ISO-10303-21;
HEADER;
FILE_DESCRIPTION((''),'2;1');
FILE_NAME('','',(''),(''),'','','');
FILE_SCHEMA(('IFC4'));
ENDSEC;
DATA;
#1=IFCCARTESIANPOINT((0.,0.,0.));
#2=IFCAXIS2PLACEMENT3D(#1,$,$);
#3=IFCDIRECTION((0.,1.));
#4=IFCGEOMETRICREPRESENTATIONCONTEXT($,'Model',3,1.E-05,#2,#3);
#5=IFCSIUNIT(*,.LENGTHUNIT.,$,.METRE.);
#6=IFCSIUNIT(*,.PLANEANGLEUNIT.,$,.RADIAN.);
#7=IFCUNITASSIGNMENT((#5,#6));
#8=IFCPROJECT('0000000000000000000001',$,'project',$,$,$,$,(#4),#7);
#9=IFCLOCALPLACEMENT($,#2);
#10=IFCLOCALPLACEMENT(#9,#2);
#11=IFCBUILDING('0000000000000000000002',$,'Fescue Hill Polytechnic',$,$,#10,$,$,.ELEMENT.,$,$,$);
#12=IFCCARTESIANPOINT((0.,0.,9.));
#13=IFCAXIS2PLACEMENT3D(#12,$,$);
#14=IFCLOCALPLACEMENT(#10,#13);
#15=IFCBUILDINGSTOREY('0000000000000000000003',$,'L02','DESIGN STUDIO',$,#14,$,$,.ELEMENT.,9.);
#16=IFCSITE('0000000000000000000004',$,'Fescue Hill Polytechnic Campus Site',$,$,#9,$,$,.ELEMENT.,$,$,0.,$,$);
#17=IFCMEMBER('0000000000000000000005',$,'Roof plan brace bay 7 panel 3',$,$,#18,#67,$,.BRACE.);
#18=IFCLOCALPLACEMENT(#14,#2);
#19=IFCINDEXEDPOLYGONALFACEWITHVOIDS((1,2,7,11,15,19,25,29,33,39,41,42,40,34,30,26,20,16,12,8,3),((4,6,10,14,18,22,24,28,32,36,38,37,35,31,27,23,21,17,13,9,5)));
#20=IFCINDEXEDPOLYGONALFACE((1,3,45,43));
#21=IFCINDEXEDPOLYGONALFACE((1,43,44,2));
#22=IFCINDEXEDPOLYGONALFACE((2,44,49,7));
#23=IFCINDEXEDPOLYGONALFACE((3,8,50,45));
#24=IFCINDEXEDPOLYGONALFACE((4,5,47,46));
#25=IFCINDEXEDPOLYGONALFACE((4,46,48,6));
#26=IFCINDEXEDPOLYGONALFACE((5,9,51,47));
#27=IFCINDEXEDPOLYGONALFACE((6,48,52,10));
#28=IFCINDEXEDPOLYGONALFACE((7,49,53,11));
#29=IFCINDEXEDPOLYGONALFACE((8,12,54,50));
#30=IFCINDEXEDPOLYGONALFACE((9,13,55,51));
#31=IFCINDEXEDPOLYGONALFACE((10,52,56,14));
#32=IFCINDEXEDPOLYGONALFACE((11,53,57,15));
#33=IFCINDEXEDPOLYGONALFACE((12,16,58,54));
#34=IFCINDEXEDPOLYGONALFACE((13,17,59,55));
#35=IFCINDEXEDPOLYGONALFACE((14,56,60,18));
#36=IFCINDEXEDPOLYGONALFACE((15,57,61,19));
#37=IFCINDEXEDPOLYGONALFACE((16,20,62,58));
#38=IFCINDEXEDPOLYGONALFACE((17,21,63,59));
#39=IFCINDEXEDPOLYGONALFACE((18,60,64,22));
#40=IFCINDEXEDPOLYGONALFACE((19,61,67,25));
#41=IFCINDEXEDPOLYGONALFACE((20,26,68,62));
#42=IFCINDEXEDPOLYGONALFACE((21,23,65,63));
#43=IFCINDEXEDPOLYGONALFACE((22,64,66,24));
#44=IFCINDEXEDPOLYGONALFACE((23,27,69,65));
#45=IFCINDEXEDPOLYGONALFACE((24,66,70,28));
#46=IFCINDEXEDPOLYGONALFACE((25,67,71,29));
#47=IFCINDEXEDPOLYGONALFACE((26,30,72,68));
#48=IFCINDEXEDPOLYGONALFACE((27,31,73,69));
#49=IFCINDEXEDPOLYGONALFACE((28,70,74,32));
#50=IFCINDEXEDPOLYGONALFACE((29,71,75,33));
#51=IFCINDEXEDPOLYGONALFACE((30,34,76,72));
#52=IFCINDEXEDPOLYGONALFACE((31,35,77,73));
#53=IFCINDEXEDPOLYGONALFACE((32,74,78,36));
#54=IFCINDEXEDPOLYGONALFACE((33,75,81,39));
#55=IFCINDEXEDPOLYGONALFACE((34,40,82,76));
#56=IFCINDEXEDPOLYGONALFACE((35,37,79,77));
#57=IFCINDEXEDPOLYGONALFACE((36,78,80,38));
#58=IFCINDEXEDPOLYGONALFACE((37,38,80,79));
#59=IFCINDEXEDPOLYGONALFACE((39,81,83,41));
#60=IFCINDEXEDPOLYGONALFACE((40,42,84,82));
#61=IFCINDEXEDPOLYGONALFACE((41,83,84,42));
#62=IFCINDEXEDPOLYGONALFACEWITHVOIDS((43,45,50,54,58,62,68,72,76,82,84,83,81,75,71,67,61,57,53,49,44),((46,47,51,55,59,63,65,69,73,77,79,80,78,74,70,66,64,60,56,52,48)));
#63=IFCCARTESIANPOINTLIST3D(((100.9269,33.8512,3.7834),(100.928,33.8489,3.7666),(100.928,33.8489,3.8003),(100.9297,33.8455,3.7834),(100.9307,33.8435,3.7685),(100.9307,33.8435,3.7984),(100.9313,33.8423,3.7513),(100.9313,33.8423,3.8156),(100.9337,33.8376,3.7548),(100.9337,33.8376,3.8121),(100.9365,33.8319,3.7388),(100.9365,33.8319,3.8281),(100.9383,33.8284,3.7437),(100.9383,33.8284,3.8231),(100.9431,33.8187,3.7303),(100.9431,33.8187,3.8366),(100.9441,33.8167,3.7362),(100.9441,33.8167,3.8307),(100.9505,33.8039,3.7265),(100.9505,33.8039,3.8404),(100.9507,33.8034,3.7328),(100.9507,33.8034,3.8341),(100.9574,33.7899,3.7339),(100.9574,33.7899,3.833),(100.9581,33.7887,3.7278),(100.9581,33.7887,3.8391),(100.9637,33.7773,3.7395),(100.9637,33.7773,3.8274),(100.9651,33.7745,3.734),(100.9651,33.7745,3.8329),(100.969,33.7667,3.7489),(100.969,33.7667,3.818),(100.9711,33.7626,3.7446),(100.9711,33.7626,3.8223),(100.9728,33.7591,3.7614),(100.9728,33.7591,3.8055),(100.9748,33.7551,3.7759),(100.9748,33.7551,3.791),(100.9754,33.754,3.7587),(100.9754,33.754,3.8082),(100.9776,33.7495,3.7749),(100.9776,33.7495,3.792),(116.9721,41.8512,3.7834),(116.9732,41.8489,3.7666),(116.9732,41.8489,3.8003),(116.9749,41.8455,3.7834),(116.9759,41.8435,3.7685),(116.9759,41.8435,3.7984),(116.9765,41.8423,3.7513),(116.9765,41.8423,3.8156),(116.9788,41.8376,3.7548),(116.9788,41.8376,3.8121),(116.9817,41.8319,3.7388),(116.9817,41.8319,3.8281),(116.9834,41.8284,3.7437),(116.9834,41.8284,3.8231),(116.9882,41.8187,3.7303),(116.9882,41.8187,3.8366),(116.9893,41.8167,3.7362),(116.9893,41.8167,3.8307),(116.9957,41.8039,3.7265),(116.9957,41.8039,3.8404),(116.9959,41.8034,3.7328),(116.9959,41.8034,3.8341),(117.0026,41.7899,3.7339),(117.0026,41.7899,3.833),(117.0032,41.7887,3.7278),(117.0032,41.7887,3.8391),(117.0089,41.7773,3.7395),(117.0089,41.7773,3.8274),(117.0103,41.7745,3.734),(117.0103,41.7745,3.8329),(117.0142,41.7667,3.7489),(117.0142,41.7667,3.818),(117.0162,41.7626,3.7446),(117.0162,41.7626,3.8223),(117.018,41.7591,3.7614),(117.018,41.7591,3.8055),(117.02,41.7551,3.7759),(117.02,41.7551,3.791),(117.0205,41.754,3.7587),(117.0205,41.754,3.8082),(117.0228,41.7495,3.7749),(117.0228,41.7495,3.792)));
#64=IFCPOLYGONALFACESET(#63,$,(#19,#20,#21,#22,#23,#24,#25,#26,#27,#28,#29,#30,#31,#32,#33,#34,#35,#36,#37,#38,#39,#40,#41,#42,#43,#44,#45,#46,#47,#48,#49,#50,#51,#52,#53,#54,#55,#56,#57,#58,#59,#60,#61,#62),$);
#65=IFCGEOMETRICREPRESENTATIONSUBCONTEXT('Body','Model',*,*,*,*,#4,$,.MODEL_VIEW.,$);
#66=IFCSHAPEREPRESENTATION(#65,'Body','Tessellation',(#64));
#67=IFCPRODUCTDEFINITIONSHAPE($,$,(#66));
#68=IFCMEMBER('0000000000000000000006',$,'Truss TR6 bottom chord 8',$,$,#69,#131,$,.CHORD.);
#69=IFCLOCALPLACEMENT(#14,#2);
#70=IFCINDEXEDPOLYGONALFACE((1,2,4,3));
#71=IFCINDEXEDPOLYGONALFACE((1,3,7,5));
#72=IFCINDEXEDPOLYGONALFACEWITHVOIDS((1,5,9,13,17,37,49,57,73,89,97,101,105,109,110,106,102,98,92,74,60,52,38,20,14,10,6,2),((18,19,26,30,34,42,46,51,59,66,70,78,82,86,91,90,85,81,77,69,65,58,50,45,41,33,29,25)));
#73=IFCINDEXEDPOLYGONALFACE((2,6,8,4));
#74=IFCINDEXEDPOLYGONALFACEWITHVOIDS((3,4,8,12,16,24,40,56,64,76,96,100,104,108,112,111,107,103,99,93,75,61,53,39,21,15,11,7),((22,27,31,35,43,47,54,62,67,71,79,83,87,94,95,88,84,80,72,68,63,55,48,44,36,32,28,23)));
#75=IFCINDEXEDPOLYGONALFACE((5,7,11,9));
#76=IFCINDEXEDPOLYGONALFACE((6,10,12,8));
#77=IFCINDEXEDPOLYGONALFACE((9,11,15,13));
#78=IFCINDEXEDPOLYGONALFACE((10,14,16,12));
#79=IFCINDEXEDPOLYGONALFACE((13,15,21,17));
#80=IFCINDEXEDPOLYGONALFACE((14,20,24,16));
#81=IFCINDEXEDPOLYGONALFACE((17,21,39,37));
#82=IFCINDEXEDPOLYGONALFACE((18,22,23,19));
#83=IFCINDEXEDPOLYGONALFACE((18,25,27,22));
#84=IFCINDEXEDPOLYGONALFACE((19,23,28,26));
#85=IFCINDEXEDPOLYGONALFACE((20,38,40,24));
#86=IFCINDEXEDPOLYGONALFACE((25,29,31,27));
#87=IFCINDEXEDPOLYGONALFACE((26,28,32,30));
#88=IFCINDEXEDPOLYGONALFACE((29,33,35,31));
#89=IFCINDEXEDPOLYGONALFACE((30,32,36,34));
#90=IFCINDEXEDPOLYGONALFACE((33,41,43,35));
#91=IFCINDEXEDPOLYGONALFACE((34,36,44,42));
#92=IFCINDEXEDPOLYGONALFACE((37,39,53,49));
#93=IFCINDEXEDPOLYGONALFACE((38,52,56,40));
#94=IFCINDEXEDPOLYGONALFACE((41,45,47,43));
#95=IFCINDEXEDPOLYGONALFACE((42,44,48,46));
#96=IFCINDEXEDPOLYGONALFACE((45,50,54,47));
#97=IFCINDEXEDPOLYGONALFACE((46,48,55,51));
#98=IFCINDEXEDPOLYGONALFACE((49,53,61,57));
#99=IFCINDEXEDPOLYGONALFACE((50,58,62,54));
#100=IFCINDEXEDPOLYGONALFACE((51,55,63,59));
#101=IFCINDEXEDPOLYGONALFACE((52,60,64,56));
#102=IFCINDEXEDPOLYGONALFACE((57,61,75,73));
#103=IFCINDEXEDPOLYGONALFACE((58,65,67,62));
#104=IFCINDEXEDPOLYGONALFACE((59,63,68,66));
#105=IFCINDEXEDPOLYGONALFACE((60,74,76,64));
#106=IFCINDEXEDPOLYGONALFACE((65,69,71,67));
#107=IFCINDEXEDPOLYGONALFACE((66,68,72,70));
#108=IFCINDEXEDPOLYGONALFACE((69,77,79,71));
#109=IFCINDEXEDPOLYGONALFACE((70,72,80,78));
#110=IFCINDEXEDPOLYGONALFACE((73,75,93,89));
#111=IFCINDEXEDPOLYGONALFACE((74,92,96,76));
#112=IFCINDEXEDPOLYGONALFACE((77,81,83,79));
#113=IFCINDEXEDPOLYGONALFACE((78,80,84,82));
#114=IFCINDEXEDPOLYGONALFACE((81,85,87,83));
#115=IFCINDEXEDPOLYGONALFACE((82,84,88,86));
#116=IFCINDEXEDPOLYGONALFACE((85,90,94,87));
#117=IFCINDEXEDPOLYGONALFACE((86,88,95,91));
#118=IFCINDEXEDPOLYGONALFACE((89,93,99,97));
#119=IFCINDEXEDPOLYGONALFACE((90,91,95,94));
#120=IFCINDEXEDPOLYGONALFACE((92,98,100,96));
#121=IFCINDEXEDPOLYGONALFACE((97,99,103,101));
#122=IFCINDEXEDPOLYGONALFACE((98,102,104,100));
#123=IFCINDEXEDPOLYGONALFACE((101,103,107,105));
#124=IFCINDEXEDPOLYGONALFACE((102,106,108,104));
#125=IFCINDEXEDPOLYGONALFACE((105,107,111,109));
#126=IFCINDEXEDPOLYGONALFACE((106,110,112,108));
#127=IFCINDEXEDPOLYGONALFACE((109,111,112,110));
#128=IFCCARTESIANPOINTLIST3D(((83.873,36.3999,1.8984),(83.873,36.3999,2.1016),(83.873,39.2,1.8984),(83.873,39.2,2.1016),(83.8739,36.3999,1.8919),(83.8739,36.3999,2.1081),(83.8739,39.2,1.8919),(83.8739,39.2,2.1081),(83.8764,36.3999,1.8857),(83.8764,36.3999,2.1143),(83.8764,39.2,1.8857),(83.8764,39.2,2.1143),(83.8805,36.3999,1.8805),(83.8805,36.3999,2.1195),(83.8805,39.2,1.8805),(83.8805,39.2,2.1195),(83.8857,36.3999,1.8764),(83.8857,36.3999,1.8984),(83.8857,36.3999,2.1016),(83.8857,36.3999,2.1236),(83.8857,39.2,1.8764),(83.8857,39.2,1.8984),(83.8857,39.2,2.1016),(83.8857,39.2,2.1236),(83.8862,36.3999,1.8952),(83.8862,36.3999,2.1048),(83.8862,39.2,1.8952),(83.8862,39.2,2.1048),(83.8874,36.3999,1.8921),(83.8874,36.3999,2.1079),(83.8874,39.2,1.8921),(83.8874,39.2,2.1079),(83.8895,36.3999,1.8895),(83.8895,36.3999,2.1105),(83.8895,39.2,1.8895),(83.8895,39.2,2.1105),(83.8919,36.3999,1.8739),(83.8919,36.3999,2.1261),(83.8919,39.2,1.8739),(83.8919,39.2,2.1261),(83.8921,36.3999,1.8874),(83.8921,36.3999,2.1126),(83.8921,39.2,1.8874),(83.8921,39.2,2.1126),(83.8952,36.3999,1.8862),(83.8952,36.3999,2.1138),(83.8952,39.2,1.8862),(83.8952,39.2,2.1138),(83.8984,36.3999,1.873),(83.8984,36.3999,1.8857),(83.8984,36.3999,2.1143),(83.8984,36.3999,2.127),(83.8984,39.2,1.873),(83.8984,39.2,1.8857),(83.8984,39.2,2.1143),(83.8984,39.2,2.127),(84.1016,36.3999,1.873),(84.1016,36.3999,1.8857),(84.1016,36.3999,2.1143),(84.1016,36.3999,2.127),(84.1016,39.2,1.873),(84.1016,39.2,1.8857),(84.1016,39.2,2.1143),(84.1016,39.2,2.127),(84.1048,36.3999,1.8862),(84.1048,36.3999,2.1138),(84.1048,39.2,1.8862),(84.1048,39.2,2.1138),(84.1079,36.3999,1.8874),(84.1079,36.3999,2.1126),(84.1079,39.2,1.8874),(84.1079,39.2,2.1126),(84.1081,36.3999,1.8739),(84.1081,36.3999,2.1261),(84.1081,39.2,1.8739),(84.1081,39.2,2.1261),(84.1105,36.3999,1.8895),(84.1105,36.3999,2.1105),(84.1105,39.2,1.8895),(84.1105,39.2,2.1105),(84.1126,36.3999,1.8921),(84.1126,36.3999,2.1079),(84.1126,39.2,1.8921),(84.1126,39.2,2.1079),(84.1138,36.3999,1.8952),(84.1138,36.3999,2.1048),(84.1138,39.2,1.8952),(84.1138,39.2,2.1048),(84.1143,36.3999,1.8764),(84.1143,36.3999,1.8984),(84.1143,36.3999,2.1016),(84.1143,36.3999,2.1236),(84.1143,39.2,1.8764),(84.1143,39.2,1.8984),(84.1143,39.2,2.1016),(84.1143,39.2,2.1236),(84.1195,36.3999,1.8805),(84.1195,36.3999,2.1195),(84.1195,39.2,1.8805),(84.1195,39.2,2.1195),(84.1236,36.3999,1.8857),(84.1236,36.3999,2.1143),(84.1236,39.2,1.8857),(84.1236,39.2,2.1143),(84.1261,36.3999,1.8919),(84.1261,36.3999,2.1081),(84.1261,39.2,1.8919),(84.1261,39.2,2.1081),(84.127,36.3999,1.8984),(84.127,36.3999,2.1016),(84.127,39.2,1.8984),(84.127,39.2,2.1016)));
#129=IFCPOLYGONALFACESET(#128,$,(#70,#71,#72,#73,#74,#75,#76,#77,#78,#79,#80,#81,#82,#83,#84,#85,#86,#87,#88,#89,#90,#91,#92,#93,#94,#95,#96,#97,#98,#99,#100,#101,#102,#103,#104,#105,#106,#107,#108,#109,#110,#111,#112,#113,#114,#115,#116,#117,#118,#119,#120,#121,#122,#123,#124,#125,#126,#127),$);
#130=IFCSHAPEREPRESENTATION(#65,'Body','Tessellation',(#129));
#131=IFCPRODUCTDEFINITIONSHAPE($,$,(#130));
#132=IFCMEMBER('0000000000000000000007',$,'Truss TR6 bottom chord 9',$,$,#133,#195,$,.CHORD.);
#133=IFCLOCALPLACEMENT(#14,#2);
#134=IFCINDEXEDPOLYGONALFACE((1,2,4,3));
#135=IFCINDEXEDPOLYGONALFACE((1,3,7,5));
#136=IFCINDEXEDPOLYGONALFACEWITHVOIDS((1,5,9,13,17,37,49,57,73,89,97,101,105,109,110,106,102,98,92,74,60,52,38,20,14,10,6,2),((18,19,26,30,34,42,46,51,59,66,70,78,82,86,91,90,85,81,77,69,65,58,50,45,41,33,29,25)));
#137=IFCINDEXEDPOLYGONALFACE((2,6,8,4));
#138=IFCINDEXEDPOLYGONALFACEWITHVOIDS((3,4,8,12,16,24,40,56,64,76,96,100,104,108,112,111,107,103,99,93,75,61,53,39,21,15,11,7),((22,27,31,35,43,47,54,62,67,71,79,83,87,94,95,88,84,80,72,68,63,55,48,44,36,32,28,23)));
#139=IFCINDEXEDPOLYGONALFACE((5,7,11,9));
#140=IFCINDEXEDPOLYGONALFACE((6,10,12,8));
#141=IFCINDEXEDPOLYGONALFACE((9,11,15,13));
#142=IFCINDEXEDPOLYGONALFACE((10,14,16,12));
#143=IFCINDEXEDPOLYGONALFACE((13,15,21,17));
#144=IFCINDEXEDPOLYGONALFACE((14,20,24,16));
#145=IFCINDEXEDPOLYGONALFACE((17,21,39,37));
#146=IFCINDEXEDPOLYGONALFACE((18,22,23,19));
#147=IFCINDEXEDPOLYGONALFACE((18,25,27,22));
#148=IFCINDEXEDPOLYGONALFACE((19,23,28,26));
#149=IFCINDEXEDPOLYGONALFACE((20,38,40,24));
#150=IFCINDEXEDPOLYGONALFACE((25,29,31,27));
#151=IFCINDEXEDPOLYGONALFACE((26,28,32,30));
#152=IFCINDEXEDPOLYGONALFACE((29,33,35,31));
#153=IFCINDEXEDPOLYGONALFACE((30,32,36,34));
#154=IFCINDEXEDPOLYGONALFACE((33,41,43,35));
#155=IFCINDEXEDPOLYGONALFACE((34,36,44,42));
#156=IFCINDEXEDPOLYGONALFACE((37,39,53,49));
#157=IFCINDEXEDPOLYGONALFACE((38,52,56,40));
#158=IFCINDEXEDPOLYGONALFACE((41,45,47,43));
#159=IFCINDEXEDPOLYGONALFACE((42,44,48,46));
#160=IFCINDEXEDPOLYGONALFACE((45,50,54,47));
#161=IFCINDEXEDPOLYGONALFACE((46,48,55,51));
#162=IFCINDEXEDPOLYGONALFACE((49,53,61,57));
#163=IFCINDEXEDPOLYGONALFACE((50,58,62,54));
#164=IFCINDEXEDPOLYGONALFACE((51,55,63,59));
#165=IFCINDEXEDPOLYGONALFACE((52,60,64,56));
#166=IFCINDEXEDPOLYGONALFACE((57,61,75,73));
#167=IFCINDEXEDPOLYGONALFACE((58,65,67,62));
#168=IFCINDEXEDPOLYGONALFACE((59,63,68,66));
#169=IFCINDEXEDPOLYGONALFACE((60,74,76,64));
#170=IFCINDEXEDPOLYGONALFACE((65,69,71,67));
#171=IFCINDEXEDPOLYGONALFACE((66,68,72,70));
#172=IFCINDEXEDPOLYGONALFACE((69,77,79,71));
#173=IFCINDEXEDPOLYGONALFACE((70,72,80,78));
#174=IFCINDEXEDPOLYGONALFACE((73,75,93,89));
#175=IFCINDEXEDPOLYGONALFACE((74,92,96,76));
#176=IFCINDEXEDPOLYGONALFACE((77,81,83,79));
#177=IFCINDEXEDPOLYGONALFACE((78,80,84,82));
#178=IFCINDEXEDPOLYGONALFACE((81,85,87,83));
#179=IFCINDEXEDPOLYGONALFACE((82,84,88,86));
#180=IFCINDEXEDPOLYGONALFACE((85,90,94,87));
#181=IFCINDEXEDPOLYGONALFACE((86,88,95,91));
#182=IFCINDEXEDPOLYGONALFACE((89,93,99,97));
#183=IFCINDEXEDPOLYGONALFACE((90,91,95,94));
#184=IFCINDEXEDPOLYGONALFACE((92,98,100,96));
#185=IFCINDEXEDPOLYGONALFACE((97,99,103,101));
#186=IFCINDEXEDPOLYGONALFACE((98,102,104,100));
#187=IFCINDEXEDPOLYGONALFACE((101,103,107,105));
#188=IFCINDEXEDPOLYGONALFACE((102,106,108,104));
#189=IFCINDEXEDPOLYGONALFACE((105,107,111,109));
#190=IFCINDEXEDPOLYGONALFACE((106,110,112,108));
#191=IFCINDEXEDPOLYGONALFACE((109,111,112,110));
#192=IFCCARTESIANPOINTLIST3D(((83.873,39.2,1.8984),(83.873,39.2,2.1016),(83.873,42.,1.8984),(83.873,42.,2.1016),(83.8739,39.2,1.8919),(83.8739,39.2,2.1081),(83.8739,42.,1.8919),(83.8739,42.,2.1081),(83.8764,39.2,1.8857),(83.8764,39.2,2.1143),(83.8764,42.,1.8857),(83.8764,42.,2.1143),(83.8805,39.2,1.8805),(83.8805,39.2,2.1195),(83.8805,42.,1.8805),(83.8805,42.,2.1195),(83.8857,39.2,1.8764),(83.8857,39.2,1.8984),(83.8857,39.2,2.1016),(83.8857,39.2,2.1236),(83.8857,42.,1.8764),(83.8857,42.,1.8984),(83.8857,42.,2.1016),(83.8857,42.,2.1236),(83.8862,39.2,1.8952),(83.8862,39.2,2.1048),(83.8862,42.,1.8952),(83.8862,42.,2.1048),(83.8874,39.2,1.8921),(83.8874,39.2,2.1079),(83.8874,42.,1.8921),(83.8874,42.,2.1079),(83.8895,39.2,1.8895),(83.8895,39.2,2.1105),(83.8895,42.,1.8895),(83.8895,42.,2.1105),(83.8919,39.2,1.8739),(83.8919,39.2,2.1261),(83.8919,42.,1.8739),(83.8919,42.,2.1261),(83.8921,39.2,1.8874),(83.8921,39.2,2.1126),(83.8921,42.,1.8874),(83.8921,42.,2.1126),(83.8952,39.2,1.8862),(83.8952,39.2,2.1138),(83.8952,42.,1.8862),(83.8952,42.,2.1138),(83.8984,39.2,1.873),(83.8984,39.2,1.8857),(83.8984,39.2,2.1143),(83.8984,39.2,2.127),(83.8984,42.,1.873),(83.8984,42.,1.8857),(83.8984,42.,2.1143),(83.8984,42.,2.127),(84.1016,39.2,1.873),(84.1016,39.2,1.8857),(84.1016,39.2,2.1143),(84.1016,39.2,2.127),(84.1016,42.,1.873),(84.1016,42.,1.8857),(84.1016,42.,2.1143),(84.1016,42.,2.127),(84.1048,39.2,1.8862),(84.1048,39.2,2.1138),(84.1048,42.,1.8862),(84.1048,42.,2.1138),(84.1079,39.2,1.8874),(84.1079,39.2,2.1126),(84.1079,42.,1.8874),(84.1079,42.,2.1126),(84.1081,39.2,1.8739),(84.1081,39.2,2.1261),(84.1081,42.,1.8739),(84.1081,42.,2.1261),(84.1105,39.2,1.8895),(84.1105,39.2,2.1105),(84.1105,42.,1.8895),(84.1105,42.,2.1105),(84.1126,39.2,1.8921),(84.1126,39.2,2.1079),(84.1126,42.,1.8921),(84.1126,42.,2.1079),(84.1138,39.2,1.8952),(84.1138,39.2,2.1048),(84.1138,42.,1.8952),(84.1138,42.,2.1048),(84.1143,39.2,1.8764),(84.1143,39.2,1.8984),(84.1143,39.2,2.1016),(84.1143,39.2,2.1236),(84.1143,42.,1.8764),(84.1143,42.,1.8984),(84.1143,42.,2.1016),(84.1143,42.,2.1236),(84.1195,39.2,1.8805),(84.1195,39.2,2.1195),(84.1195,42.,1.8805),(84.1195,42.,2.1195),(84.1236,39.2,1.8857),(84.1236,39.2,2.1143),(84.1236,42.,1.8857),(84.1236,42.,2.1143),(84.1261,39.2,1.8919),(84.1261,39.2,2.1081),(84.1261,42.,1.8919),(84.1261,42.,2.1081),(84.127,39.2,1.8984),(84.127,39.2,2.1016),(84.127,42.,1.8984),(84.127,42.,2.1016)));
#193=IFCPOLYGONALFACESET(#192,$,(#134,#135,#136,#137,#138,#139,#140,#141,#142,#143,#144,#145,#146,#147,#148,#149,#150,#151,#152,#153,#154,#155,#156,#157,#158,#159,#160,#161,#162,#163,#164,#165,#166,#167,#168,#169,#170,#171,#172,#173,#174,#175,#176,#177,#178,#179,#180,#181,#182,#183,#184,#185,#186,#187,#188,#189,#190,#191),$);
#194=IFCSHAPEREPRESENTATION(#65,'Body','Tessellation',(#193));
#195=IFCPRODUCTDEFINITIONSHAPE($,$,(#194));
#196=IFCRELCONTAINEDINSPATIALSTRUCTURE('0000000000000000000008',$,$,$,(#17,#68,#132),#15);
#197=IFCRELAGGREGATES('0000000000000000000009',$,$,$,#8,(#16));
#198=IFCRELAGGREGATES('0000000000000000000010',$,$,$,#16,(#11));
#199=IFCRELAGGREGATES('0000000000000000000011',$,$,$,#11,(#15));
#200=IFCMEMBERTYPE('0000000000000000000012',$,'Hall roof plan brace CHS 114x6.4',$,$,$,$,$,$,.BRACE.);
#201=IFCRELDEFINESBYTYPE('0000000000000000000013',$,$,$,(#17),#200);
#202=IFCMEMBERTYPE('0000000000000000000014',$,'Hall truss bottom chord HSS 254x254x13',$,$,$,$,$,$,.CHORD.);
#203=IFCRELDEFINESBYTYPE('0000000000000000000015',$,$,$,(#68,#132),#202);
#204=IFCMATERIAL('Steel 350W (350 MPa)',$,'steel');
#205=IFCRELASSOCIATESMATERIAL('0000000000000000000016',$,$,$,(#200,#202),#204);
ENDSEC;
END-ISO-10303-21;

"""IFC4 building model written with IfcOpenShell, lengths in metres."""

from ifc_helpers import new_model, si_unit, direction, frame, origin, origin_2d, place, context, subcontext, project, spatial, hollow_rectangle, hollow_circle, extrude, material, material_profile, profile_set, type_object, element, save


model = new_model("IFC4")

# Units and contexts
model_context = context("Model", 3, precision=1e-05, world=origin(), true_north=direction((0.0, 1.0)))
body_context = subcontext(model_context, "Body", "Model", "MODEL_VIEW")
ifc_project = project(units=[si_unit("LENGTHUNIT", "METRE"), si_unit("PLANEANGLEUNIT", "RADIAN")], contexts=[model_context])

# Site, building, storey
site_placement = place(None, origin())
site = spatial("IfcSite", under=ifc_project, at=site_placement, Name="Fescue Hill Polytechnic Campus Site", CompositionType="ELEMENT", RefElevation=0.0)
building_placement = place(site_placement, origin())
building = spatial("IfcBuilding", under=site, at=building_placement, Name="Fescue Hill Polytechnic", CompositionType="ELEMENT")
storey_placement = place(building_placement, frame((0.0, 0.0, 9.0)))
storey = spatial("IfcBuildingStorey", under=building, at=storey_placement, Name="L02", Description="DESIGN STUDIO", CompositionType="ELEMENT", Elevation=9.0)

# Members
ifc_material = material(Name="Steel 350W (350 MPa)", Category="steel")
ifc_material_profile_1 = material_profile(ifc_material, hollow_circle(Radius=0.0571, WallThickness=0.0063, at=origin_2d()), Name="Hall roof plan brace CHS 114x6.4")
ifc_profile_set_1 = profile_set([ifc_material_profile_1], Name="Steel 350W (350 MPa)")
member_type_1 = type_object("IfcMemberType", Name="Hall roof plan brace CHS 114x6.4", PredefinedType="BRACE", material=ifc_profile_set_1)
member_1_placement = place(storey_placement, frame((100.9524, 33.8, 3.7834), z_axis=(0.89493, 0.446206, 0.0), x_axis=(-0.446206, 0.89493, 0.0)))
element("IfcMember", 1, at=member_1_placement, inside=storey, type_object=member_type_1, Name="Roof plan brace bay 7 panel 3", PredefinedType="BRACE", context=body_context, shape_type="SweptSolid", body=[
    extrude(hollow_circle(Radius=0.0571, WallThickness=0.0063, at=origin_2d()), origin(), (0.0, 0.0, 1.0), 17.929),
])
ifc_material_profile_2 = material_profile(ifc_material, hollow_rectangle(XDim=0.2539, YDim=0.2539, WallThickness=0.0127, InnerFilletRadius=0.0127, OuterFilletRadius=0.0254, at=origin_2d()), Name="Hall truss bottom chord HSS 254x254x13")
ifc_profile_set_2 = profile_set([ifc_material_profile_2], Name="Steel 350W (350 MPa)")
member_type_2 = type_object("IfcMemberType", Name="Hall truss bottom chord HSS 254x254x13", PredefinedType="CHORD", material=ifc_profile_set_2)
for number, where, z_axis, x_axis, name in (
    (2, (84.0, 36.3999, 2.0), (0.0, 1.0, 0.0), (-1.0, 0.0, 0.0), "Truss TR6 bottom chord 8"),
    (3, (84.0, 39.2, 2.0), (0.0, 1.0, 0.0), (-1.0, 0.0, 0.0), "Truss TR6 bottom chord 9"),
):
    element("IfcMember", number, at=place(storey_placement, frame(where, z_axis=z_axis, x_axis=x_axis)), inside=storey, type_object=member_type_2, Name=name, PredefinedType="CHORD", context=body_context, shape_type="SweptSolid", body=[
        extrude(hollow_rectangle(XDim=0.2539, YDim=0.2539, WallThickness=0.0127, InnerFilletRadius=0.0127, OuterFilletRadius=0.0254, at=origin_2d()), origin(), (0.0, 0.0, 1.0), 2.8),
    ])

save(model, "model.ifc")
